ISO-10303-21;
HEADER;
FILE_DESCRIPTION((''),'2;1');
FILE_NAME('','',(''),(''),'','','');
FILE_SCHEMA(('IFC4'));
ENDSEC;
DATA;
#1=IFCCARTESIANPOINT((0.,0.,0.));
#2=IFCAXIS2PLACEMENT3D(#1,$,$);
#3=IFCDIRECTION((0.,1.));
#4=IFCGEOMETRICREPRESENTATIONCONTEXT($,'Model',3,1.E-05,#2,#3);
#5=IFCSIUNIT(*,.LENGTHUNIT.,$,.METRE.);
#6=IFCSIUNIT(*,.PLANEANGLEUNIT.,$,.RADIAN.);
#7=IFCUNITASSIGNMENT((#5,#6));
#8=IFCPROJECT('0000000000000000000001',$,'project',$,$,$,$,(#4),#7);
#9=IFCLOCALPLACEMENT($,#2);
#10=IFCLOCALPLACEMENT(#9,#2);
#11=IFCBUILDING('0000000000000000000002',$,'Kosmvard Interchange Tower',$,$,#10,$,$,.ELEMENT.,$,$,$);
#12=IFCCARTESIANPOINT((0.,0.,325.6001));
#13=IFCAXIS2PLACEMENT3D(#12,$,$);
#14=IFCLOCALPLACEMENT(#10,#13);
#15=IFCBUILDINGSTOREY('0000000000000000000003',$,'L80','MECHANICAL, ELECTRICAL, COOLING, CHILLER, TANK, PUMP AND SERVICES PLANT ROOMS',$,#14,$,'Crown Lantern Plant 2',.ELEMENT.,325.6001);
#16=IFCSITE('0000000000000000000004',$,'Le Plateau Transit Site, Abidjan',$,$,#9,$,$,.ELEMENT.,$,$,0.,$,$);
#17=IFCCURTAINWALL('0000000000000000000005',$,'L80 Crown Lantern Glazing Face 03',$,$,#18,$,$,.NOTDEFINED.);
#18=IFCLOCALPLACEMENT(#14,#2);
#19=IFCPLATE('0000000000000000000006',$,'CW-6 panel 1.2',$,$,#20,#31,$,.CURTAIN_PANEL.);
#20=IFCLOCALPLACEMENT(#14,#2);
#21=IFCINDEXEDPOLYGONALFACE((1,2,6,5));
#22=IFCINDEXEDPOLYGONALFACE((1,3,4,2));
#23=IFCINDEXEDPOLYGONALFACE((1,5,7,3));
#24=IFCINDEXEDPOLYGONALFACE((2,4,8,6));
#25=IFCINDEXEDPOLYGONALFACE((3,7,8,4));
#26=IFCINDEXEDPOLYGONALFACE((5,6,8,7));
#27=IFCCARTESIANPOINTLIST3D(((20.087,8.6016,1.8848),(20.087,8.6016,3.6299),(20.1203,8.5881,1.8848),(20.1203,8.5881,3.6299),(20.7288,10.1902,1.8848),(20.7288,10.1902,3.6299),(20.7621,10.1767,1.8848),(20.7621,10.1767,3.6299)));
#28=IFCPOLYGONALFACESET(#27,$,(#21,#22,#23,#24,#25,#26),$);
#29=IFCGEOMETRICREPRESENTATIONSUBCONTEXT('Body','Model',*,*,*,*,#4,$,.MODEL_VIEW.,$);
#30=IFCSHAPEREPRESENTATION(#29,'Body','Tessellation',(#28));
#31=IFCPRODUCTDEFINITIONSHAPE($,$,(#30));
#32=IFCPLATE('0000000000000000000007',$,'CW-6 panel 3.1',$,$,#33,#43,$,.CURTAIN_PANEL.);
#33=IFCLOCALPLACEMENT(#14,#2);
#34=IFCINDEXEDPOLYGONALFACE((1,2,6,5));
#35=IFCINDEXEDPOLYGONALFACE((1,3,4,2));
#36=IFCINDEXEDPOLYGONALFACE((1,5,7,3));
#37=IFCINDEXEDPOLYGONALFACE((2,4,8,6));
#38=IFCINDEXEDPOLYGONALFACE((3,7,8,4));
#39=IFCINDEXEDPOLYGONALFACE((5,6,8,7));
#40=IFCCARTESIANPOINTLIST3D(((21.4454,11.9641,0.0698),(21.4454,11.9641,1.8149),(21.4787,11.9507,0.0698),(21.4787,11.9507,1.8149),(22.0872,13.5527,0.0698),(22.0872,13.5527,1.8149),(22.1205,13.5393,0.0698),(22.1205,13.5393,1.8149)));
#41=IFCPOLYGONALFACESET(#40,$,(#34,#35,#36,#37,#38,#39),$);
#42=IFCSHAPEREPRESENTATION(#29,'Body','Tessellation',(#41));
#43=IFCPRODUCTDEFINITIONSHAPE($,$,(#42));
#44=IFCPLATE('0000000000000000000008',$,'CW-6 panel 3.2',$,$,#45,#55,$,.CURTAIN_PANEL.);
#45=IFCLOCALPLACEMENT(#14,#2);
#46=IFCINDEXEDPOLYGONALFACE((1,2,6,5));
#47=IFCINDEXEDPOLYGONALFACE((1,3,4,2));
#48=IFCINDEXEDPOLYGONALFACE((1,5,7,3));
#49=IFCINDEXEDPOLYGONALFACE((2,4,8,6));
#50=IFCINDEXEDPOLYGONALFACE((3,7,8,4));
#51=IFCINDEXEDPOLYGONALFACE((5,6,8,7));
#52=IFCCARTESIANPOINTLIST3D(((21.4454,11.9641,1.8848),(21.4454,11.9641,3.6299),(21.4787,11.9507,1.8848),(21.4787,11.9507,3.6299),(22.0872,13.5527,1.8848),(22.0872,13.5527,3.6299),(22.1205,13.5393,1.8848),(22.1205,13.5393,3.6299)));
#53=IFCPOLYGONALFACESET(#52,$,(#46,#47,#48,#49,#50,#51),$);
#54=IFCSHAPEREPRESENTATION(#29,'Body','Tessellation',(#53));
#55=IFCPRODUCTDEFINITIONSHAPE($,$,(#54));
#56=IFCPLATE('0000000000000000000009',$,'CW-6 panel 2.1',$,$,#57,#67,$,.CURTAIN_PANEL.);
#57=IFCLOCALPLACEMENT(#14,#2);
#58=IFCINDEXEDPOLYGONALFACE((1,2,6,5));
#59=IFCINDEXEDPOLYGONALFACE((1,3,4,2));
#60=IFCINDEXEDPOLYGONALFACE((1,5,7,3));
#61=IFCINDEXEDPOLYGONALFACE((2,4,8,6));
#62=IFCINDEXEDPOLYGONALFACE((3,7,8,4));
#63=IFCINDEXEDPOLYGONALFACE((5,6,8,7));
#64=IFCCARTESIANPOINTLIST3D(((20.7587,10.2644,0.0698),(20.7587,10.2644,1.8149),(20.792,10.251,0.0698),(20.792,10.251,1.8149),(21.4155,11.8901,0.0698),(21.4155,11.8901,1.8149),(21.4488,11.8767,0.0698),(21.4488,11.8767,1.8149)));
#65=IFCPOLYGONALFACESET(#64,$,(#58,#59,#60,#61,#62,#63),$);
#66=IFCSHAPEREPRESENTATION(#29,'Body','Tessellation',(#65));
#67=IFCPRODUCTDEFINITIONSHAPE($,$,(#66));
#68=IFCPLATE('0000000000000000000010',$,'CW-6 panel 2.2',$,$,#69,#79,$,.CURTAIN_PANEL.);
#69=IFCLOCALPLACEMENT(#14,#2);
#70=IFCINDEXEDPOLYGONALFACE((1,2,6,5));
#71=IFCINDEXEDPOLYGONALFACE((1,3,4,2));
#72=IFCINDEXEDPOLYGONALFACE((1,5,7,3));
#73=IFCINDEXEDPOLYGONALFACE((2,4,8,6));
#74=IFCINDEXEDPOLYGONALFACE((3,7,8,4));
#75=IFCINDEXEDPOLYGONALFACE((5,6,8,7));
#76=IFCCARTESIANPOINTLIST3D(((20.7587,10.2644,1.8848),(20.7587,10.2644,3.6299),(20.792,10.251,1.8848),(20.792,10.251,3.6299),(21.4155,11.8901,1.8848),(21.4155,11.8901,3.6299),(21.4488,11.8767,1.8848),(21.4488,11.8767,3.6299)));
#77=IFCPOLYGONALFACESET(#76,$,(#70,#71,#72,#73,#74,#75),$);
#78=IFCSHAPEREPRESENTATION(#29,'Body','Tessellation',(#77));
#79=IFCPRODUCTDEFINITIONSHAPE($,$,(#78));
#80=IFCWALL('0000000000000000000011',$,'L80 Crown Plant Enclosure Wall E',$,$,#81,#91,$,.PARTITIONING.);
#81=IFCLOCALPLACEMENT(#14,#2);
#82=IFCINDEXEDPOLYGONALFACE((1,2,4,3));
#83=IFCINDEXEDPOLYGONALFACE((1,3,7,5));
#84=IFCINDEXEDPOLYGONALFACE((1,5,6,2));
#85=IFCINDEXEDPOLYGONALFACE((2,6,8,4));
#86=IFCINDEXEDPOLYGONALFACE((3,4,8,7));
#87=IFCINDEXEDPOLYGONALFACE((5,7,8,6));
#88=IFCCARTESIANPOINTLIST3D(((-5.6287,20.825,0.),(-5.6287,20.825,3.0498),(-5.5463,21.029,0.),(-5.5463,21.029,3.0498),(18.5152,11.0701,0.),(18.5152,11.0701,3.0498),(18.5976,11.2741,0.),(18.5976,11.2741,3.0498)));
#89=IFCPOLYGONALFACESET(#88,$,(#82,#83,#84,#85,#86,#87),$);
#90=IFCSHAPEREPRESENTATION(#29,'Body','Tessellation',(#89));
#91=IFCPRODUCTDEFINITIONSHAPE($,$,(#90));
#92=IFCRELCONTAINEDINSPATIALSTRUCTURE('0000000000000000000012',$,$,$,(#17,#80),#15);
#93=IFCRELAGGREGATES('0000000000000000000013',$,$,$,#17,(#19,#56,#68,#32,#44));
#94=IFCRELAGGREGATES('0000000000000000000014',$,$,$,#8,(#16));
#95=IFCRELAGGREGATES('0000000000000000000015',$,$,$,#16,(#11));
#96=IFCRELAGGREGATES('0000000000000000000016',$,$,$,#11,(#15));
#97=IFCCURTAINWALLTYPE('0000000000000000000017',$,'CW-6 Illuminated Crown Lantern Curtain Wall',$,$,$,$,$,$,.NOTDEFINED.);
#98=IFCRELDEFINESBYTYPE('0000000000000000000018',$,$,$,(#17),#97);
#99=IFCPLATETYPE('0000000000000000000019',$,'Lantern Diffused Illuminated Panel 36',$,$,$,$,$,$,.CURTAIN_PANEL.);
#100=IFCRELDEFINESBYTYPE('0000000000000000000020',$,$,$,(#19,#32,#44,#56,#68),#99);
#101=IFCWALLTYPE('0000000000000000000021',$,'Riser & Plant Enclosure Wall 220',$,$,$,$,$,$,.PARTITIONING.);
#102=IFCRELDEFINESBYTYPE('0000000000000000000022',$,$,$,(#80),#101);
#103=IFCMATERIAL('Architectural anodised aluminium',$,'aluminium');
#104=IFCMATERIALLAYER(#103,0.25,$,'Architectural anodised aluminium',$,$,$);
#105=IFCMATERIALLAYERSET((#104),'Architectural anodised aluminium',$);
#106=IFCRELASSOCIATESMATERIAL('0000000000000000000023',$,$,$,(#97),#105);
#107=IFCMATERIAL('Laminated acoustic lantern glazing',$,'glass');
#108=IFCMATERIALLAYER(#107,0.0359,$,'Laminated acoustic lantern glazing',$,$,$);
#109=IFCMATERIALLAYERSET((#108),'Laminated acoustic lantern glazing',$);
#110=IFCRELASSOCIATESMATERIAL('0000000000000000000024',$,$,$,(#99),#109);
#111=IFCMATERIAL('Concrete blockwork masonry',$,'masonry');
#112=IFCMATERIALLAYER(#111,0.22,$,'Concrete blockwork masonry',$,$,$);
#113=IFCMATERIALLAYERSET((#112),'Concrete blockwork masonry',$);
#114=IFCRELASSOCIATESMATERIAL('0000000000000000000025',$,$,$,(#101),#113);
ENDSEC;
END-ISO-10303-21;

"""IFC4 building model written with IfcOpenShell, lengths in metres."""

from ifc_helpers import new_model, si_unit, direction, frame, frame_2d, origin, origin_2d, place, context, subcontext, project, spatial, rectangle, extrude, source, transform, mapped, material, layer, layer_set, type_object, element, aggregate, save


model = new_model("IFC4")

# Units and contexts
model_context = context("Model", 3, precision=1e-05, world=origin(), true_north=direction((0.0, 1.0)))
body_context = subcontext(model_context, "Body", "Model", "MODEL_VIEW")
ifc_project = project(units=[si_unit("LENGTHUNIT", "METRE"), si_unit("PLANEANGLEUNIT", "RADIAN")], contexts=[model_context])

# Site, building, storey
site_placement = place(None, origin())
site = spatial("IfcSite", under=ifc_project, at=site_placement, Name="Le Plateau Transit Site, Abidjan", CompositionType="ELEMENT", RefElevation=0.0)
building_placement = place(site_placement, origin())
building = spatial("IfcBuilding", under=site, at=building_placement, Name="Kosmvard Interchange Tower", CompositionType="ELEMENT")
storey_placement = place(building_placement, frame((0.0, 0.0, 325.6001)))
storey = spatial("IfcBuildingStorey", under=building, at=storey_placement, Name="L80", Description="MECHANICAL, ELECTRICAL, COOLING, CHILLER, TANK, PUMP AND SERVICES PLANT ROOMS", LongName="Crown Lantern Plant 2", CompositionType="ELEMENT", Elevation=325.6001)

# Curtain wall
ifc_material_1 = material(Name="Architectural anodised aluminium", Category="aluminium")
ifc_layer_1 = layer(ifc_material_1, 0.25, Name="Architectural anodised aluminium")
ifc_layer_set_1 = layer_set([ifc_layer_1], Name="Architectural anodised aluminium")
curtain_wall_type = type_object("IfcCurtainWallType", Name="CW-6 Illuminated Crown Lantern Curtain Wall", PredefinedType="NOTDEFINED", material=ifc_layer_set_1)
curtain_wall_placement = place(storey_placement, origin())
curtain_wall = element("IfcCurtainWall", 1, at=curtain_wall_placement, inside=storey, type_object=curtain_wall_type, Name="L80 Crown Lantern Glazing Face 03", PredefinedType="NOTDEFINED")

# Plates
ifc_material_2 = material(Name="Laminated acoustic lantern glazing", Category="glass")
ifc_layer_2 = layer(ifc_material_2, 0.0359, Name="Laminated acoustic lantern glazing")
ifc_layer_set_2 = layer_set([ifc_layer_2], Name="Laminated acoustic lantern glazing")
plate_type_1 = type_object("IfcPlateType", Name="Lantern Diffused Illuminated Panel 36", PredefinedType="CURTAIN_PANEL", material=ifc_layer_set_2)
shared_shape_1 = source(origin(), body_context, "Body", "SweptSolid", [
    extrude(rectangle(XDim=1.7134, YDim=0.0359, at=origin_2d()), origin(), (0.0, 0.0, 1.0), 1.7451),
])
plate_1_placement = place(storey_placement, frame((20.4246, 9.3892, 1.8848), z_axis=(0.0, 0.0, 1.0), x_axis=(0.374607, 0.927184, 0.0)))
plate_1 = element("IfcPlate", 2, at=plate_1_placement, type_object=plate_type_1, Name="CW-6 panel 1.2", PredefinedType="CURTAIN_PANEL", context=body_context, shape_type="MappedRepresentation", body=[
    mapped(shared_shape_1, transform((0.0, 0.0, 0.0), scale=1.0)),
])
plate_2_placement = place(storey_placement, frame((21.783, 12.7517, 0.0698), z_axis=(0.0, 0.0, 1.0), x_axis=(0.374607, 0.927184, 0.0)))
plate_2 = element("IfcPlate", 3, at=plate_2_placement, type_object=plate_type_1, Name="CW-6 panel 3.1", PredefinedType="CURTAIN_PANEL", context=body_context, shape_type="MappedRepresentation", body=[
    mapped(shared_shape_1, transform((0.0, 0.0, 0.0), scale=1.0)),
])
plate_3_placement = place(storey_placement, frame((21.783, 12.7517, 1.8848), z_axis=(0.0, 0.0, 1.0), x_axis=(0.374607, 0.927184, 0.0)))
plate_3 = element("IfcPlate", 4, at=plate_3_placement, type_object=plate_type_1, Name="CW-6 panel 3.2", PredefinedType="CURTAIN_PANEL", context=body_context, shape_type="MappedRepresentation", body=[
    mapped(shared_shape_1, transform((0.0, 0.0, 0.0), scale=1.0)),
])
shared_shape_2 = source(origin(), body_context, "Body", "SweptSolid", [
    extrude(rectangle(XDim=1.7534, YDim=0.0359, at=origin_2d()), origin(), (0.0, 0.0, 1.0), 1.7451),
])
plate_4_placement = place(storey_placement, frame((21.1038, 11.0706, 0.0698), z_axis=(0.0, 0.0, 1.0), x_axis=(0.374607, 0.927184, 0.0)))
plate_4 = element("IfcPlate", 5, at=plate_4_placement, type_object=plate_type_1, Name="CW-6 panel 2.1", PredefinedType="CURTAIN_PANEL", context=body_context, shape_type="MappedRepresentation", body=[
    mapped(shared_shape_2, transform((0.0, 0.0, 0.0), scale=1.0)),
])
plate_5_placement = place(storey_placement, frame((21.1038, 11.0706, 1.8848), z_axis=(0.0, 0.0, 1.0), x_axis=(0.374607, 0.927184, 0.0)))
plate_5 = element("IfcPlate", 6, at=plate_5_placement, type_object=plate_type_1, Name="CW-6 panel 2.2", PredefinedType="CURTAIN_PANEL", context=body_context, shape_type="MappedRepresentation", body=[
    mapped(shared_shape_2, transform((0.0, 0.0, 0.0), scale=1.0)),
])
aggregate(curtain_wall, [plate_1, plate_4, plate_5, plate_2, plate_3])

# Wall
ifc_material_3 = material(Name="Concrete blockwork masonry", Category="masonry")
ifc_layer_3 = layer(ifc_material_3, 0.22, Name="Concrete blockwork masonry")
ifc_layer_set_3 = layer_set([ifc_layer_3], Name="Concrete blockwork masonry")
wall_type = type_object("IfcWallType", Name="Riser & Plant Enclosure Wall 220", PredefinedType="PARTITIONING", material=ifc_layer_set_3)
wall_placement = place(storey_placement, frame((18.5564, 11.1721, 0.0), z_axis=(0.0, 0.0, 1.0), x_axis=(-0.927182, 0.374612, 0.0)))
element("IfcWall", 7, at=wall_placement, inside=storey, type_object=wall_type, Name="L80 Crown Plant Enclosure Wall E", PredefinedType="PARTITIONING", context=body_context, shape_type="SweptSolid", body=[
    extrude(rectangle(XDim=26.04, YDim=0.22, at=frame_2d((13.02, 0.0))), origin(), (0.0, 0.0, 1.0), 3.0498),
])

save(model, "model.ifc")
